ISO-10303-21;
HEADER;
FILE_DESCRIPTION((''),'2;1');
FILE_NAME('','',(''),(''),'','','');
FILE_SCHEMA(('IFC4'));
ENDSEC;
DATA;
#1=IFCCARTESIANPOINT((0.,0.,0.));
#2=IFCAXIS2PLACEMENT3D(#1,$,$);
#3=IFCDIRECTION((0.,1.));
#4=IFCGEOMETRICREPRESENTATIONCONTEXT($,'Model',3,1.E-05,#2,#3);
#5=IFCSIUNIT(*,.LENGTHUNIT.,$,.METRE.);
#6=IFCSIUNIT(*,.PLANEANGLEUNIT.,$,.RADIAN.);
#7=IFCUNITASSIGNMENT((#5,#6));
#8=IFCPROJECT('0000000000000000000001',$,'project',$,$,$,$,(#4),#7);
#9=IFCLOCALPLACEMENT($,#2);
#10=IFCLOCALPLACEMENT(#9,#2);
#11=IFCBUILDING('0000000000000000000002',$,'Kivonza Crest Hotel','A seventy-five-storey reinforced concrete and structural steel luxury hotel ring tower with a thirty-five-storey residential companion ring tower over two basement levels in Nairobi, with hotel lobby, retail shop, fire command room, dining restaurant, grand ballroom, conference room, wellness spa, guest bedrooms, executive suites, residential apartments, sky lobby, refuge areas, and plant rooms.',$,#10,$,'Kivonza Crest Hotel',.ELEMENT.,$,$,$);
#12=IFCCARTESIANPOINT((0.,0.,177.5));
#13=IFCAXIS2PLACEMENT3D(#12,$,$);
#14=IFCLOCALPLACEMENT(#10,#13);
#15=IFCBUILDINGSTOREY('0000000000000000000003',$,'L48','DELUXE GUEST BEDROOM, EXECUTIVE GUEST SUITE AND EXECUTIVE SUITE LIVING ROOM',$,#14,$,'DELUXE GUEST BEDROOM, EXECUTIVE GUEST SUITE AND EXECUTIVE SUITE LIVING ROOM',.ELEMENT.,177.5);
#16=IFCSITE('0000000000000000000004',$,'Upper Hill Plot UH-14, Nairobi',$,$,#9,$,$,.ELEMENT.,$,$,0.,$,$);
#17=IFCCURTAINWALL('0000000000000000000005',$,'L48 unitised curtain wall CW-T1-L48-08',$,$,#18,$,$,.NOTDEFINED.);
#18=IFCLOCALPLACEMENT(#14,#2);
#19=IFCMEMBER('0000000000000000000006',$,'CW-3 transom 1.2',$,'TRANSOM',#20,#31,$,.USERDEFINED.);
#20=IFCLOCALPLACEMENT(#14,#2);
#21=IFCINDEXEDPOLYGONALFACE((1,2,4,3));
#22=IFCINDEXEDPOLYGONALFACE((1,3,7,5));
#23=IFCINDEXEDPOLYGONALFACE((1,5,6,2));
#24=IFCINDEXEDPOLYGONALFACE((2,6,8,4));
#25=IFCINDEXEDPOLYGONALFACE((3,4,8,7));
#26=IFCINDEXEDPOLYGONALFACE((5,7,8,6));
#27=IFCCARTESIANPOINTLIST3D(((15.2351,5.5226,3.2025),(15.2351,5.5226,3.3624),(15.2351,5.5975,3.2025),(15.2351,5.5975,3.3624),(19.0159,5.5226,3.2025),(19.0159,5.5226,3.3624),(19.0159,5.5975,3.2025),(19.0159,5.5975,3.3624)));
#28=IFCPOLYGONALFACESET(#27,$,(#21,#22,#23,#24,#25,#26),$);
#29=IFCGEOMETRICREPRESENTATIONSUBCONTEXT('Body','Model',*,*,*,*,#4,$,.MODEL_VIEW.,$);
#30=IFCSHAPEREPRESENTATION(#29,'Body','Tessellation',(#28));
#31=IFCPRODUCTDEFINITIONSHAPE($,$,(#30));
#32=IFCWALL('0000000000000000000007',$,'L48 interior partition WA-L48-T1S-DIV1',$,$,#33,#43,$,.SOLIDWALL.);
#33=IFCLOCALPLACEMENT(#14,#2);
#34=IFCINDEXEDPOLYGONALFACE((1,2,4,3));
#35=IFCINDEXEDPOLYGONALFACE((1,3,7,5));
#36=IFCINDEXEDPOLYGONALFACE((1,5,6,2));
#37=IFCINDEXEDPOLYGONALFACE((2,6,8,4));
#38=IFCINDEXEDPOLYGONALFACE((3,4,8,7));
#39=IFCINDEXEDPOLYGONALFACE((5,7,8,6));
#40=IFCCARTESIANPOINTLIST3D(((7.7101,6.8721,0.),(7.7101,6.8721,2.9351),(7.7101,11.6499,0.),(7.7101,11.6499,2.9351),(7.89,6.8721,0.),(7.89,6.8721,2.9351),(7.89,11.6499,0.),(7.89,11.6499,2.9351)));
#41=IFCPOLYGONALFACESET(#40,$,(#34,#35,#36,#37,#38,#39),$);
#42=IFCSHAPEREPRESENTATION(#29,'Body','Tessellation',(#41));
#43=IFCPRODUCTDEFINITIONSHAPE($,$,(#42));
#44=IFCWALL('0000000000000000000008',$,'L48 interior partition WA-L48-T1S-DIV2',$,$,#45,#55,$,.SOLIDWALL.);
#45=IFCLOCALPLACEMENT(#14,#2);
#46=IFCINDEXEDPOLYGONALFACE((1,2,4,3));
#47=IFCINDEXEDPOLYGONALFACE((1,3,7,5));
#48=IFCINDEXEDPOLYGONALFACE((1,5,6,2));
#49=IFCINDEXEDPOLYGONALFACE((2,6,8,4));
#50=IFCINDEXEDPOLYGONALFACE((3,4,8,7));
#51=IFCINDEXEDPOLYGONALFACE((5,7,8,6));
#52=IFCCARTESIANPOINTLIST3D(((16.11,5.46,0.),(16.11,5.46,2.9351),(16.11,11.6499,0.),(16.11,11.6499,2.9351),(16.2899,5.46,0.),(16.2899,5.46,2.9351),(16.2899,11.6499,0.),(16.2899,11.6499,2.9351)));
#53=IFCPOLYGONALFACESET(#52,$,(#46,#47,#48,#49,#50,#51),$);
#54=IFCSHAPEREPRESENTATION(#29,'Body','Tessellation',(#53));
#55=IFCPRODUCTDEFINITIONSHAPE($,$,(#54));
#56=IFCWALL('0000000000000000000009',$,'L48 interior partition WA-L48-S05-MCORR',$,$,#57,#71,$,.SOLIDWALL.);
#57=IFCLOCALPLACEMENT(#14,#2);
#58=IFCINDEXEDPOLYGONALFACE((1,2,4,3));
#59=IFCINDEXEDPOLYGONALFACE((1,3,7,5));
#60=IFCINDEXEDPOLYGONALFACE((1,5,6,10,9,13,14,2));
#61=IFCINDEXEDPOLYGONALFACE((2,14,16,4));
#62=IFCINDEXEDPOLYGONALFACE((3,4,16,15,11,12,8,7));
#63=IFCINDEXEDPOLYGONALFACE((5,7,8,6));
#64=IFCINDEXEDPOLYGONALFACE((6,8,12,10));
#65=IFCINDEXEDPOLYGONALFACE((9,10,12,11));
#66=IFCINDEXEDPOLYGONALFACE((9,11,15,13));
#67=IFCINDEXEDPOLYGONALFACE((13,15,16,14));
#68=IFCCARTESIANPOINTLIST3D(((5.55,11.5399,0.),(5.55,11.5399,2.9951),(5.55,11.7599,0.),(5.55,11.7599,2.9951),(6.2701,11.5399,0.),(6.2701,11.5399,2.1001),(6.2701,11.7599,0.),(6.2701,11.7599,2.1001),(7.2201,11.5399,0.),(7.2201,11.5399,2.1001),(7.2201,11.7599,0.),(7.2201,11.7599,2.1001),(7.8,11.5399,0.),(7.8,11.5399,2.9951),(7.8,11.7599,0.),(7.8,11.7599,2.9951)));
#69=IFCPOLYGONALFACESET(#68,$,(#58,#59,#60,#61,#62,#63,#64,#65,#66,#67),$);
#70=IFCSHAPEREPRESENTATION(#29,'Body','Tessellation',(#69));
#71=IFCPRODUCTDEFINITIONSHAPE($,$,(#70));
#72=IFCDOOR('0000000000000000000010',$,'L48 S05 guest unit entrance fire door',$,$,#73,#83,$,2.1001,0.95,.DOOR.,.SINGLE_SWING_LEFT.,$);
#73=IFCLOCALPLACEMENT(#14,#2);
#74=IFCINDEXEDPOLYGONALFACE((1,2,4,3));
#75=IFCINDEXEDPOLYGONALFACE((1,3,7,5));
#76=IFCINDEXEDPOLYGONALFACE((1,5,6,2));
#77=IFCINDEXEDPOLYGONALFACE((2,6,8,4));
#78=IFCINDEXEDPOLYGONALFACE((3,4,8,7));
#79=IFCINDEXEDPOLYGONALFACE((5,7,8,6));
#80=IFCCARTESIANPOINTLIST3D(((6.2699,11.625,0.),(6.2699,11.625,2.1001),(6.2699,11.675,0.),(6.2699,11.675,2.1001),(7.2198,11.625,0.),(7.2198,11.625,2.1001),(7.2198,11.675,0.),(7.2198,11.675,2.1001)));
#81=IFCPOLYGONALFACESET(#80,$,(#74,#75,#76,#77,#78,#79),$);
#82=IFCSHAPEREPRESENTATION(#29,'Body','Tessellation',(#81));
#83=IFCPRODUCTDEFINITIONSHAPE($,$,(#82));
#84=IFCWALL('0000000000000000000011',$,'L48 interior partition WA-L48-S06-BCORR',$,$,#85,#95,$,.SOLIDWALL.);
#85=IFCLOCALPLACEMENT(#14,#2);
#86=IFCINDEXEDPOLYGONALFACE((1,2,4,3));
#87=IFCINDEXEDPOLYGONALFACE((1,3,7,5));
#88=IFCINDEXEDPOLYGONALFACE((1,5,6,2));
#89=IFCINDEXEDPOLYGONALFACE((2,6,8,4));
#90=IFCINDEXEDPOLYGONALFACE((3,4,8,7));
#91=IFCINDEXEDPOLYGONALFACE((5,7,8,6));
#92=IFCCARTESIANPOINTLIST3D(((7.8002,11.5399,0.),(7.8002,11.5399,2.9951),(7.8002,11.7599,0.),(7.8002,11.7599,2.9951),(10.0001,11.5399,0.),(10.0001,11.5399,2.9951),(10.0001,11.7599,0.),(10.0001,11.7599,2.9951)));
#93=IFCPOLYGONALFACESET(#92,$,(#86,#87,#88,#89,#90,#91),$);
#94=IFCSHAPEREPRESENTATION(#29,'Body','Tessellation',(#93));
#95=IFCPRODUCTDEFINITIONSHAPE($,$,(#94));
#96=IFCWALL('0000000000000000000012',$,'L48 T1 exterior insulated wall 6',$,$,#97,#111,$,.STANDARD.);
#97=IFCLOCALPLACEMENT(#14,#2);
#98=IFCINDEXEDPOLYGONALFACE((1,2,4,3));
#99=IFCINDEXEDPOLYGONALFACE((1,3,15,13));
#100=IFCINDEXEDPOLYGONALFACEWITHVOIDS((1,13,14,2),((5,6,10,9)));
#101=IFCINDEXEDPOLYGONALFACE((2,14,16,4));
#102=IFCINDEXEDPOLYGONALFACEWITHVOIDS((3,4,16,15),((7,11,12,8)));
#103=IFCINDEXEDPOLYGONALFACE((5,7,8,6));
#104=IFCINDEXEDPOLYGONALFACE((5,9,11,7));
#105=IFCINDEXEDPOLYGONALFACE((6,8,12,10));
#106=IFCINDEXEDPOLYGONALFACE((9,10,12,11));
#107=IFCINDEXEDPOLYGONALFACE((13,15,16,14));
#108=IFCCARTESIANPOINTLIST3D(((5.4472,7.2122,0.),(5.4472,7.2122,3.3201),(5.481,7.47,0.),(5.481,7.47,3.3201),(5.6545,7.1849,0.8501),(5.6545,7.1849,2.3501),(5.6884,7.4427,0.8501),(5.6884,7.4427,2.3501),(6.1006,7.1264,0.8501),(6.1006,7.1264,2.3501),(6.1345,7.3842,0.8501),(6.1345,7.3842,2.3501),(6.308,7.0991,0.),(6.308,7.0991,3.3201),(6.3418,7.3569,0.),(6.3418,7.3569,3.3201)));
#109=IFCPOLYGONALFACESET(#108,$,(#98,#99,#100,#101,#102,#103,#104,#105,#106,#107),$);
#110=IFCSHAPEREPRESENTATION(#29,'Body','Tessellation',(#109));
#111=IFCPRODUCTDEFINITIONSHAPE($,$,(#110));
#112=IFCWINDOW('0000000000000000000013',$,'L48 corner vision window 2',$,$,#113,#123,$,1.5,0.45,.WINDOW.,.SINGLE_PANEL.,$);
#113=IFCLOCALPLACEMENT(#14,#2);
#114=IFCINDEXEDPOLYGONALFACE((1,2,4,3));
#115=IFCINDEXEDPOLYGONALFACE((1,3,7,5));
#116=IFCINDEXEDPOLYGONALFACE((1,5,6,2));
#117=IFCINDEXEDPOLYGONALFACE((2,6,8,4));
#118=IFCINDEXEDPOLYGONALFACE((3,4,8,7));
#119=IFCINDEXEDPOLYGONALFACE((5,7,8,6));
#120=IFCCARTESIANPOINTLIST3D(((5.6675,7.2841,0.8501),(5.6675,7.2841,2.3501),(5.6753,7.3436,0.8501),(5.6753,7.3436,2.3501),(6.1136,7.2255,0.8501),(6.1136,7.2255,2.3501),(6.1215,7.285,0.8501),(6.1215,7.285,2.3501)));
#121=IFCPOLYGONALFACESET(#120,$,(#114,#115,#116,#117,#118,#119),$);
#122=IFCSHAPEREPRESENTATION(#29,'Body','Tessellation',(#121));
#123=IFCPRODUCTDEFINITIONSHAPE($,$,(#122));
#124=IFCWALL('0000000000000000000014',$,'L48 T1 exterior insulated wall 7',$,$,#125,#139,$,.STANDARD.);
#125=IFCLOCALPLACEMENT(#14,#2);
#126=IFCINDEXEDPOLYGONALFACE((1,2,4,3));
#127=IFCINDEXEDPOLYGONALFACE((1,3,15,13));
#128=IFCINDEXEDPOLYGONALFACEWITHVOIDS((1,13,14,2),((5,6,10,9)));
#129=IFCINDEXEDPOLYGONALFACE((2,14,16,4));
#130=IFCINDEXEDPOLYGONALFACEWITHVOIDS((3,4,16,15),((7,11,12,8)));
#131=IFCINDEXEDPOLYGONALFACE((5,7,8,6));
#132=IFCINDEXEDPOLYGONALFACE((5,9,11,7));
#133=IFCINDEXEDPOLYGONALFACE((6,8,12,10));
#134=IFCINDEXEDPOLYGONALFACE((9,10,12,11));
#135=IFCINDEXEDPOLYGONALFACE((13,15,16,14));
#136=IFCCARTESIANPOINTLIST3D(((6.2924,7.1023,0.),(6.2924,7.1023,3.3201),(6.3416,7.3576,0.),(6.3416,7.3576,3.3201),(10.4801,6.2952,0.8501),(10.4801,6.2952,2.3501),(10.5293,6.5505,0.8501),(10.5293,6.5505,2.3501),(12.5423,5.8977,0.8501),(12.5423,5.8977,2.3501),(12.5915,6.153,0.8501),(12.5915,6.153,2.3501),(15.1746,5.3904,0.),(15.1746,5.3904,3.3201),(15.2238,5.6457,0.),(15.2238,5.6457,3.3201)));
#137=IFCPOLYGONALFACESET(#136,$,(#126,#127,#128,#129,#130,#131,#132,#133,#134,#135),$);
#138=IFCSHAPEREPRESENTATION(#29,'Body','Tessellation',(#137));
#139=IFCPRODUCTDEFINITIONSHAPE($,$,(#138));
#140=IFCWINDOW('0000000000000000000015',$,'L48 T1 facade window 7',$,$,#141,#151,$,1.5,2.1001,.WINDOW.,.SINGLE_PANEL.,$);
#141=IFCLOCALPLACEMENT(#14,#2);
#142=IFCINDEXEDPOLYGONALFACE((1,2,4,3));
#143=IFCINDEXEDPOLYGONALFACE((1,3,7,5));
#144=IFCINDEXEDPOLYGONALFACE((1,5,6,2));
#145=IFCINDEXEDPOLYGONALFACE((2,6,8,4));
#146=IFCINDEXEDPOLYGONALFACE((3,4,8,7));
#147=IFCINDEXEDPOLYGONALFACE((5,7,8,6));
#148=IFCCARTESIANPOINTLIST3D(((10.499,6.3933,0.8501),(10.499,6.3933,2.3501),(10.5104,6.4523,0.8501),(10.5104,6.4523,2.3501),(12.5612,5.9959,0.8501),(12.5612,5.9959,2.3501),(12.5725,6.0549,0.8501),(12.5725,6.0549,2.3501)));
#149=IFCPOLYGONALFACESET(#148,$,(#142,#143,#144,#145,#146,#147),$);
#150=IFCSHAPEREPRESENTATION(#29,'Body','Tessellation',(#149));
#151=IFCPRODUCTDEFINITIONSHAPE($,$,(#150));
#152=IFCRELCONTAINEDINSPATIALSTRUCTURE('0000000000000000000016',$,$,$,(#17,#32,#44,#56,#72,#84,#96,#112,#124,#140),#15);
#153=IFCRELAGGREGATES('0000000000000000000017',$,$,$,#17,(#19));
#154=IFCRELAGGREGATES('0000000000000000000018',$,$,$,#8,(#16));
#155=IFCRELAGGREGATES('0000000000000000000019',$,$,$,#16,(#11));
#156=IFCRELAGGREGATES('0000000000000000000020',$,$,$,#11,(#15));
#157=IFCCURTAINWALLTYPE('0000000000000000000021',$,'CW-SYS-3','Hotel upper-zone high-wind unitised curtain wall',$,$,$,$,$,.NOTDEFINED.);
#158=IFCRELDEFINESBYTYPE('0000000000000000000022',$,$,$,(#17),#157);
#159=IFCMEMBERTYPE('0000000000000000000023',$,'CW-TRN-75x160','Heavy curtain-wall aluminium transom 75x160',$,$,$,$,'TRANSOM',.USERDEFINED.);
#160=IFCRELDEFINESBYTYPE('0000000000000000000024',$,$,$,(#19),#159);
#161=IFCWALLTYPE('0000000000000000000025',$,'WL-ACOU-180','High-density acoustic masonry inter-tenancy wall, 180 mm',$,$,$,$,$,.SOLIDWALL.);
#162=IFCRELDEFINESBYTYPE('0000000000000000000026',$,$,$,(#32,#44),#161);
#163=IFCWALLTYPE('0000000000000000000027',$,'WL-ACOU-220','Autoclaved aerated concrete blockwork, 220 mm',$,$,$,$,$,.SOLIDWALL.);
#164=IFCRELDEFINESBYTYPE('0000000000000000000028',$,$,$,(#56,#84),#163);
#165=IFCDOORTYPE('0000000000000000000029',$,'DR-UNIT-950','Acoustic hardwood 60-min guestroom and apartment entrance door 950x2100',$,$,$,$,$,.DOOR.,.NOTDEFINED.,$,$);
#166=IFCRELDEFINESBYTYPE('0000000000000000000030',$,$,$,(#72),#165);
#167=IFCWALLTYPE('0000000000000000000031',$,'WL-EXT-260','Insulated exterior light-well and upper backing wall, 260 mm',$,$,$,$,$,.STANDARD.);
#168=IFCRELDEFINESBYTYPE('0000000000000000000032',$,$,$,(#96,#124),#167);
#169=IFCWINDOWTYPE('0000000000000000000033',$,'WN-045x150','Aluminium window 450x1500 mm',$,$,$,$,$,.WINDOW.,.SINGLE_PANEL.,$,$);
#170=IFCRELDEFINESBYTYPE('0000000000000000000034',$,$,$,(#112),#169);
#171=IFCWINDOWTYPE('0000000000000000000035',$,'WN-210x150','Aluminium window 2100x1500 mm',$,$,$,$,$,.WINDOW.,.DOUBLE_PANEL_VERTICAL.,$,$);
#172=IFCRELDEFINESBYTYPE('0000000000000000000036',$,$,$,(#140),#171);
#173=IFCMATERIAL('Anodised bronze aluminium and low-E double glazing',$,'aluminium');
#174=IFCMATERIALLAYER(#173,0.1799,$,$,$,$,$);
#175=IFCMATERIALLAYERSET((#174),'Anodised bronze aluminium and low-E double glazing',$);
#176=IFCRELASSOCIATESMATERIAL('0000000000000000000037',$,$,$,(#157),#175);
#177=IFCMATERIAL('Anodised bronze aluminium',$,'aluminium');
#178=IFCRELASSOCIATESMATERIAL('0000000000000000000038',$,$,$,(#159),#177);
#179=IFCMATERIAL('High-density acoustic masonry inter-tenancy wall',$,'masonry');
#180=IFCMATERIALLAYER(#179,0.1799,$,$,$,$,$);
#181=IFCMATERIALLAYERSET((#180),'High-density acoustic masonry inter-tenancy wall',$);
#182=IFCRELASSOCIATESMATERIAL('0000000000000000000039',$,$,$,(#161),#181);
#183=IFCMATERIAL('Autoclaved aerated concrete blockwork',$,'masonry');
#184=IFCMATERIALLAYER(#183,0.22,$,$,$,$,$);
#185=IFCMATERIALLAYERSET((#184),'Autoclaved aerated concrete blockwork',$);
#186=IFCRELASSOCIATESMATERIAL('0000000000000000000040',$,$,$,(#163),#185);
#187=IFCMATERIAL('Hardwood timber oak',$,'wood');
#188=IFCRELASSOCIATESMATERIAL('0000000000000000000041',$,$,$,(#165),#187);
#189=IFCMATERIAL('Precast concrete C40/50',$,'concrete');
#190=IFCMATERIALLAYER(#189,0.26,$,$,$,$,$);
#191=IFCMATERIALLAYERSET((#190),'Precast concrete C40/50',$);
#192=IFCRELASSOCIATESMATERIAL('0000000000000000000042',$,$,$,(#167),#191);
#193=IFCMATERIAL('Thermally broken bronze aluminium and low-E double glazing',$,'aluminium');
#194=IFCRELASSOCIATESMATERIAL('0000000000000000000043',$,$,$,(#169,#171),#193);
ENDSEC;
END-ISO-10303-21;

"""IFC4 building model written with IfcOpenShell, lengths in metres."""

from ifc_helpers import new_model, si_unit, direction, frame, frame_2d, origin, origin_2d, place, context, subcontext, project, spatial, rectangle, extrude, material, layer, layer_set, material_profile, profile_set, type_object, element, fill, aggregate, save


model = new_model("IFC4")

# Units and contexts
model_context = context("Model", 3, precision=1e-05, world=origin(), true_north=direction((0.0, 1.0)))
body_context = subcontext(model_context, "Body", "Model", "MODEL_VIEW")
ifc_project = project(units=[si_unit("LENGTHUNIT", "METRE"), si_unit("PLANEANGLEUNIT", "RADIAN")], contexts=[model_context])

# Site, building, storey
site_placement = place(None, origin())
site = spatial("IfcSite", under=ifc_project, at=site_placement, Name="Upper Hill Plot UH-14, Nairobi", CompositionType="ELEMENT", RefElevation=0.0)
building_placement = place(site_placement, origin())
building = spatial("IfcBuilding", under=site, at=building_placement, Name="Kivonza Crest Hotel", Description="A seventy-five-storey reinforced concrete and structural steel luxury hotel ring tower with a thirty-five-storey residential companion ring tower over two basement levels in Nairobi, with hotel lobby, retail shop, fire command room, dining restaurant, grand ballroom, conference room, wellness spa, guest bedrooms, executive suites, residential apartments, sky lobby, refuge areas, and plant rooms.", LongName="Kivonza Crest Hotel", CompositionType="ELEMENT")
storey_placement = place(building_placement, frame((0.0, 0.0, 177.5)))
storey = spatial("IfcBuildingStorey", under=building, at=storey_placement, Name="L48", Description="DELUXE GUEST BEDROOM, EXECUTIVE GUEST SUITE AND EXECUTIVE SUITE LIVING ROOM", LongName="DELUXE GUEST BEDROOM, EXECUTIVE GUEST SUITE AND EXECUTIVE SUITE LIVING ROOM", CompositionType="ELEMENT", Elevation=177.5)

# Curtain wall, member
ifc_material_1 = material(Name="Anodised bronze aluminium and low-E double glazing", Category="aluminium")
ifc_layer_1 = layer(ifc_material_1, 0.1799)
ifc_layer_set_1 = layer_set([ifc_layer_1], Name="Anodised bronze aluminium and low-E double glazing")
curtain_wall_type = type_object("IfcCurtainWallType", Name="CW-SYS-3", Description="Hotel upper-zone high-wind unitised curtain wall", PredefinedType="NOTDEFINED", material=ifc_layer_set_1)
curtain_wall_placement = place(storey_placement, origin())
curtain_wall = element("IfcCurtainWall", 1, at=curtain_wall_placement, inside=storey, type_object=curtain_wall_type, Name="L48 unitised curtain wall CW-T1-L48-08", PredefinedType="NOTDEFINED")
ifc_material_2 = material(Name="Anodised bronze aluminium", Category="aluminium")
ifc_material_profile_1 = material_profile(ifc_material_2, rectangle(XDim=0.075, YDim=0.1599, at=origin_2d()), Name="CW-T 75x160")
ifc_profile_set_1 = profile_set([ifc_material_profile_1], Name="Anodised bronze aluminium")
member_type_1 = type_object("IfcMemberType", Name="CW-TRN-75x160", Description="Heavy curtain-wall aluminium transom 75x160", ElementType="TRANSOM", PredefinedType="USERDEFINED", material=ifc_profile_set_1)
member_1_placement = place(storey_placement, frame((15.2351, 5.5601, 3.2825), z_axis=(1.0, 0.0, 0.0), x_axis=(0.0, 1.0, 0.0)))
member_1 = element("IfcMember", 2, at=member_1_placement, type_object=member_type_1, Name="CW-3 transom 1.2", ObjectType="TRANSOM", PredefinedType="USERDEFINED", context=body_context, shape_type="SweptSolid", body=[
    extrude(rectangle(XDim=0.075, YDim=0.1599, at=origin_2d()), origin(), (0.0, 0.0, 1.0), 3.7808),
])
aggregate(curtain_wall, [member_1])

# Walls
ifc_material_3 = material(Name="High-density acoustic masonry inter-tenancy wall", Category="masonry")
ifc_layer_2 = layer(ifc_material_3, 0.1799)
ifc_layer_set_2 = layer_set([ifc_layer_2], Name="High-density acoustic masonry inter-tenancy wall")
wall_type_1 = type_object("IfcWallType", Name="WL-ACOU-180", Description="High-density acoustic masonry inter-tenancy wall, 180 mm", PredefinedType="SOLIDWALL", material=ifc_layer_set_2)
wall_1_placement = place(storey_placement, frame((7.8, 6.8721, 0.0), z_axis=(0.0, 0.0, 1.0), x_axis=(0.0, 1.0, 0.0)))
element("IfcWall", 3, at=wall_1_placement, inside=storey, type_object=wall_type_1, Name="L48 interior partition WA-L48-T1S-DIV1", PredefinedType="SOLIDWALL", context=body_context, shape_type="SweptSolid", body=[
    extrude(rectangle(XDim=4.7778, YDim=0.1799, at=frame_2d((2.3889, 0.0))), origin(), (0.0, 0.0, 1.0), 2.9351),
])
wall_2_placement = place(storey_placement, frame((16.2, 5.46, 0.0), z_axis=(0.0, 0.0, 1.0), x_axis=(0.0, 1.0, 0.0)))
element("IfcWall", 4, at=wall_2_placement, inside=storey, type_object=wall_type_1, Name="L48 interior partition WA-L48-T1S-DIV2", PredefinedType="SOLIDWALL", context=body_context, shape_type="SweptSolid", body=[
    extrude(rectangle(XDim=6.1899, YDim=0.1799, at=frame_2d((3.095, 0.0))), origin(), (0.0, 0.0, 1.0), 2.9351),
])

# Wall, opening, door
ifc_material_4 = material(Name="Autoclaved aerated concrete blockwork", Category="masonry")
ifc_layer_3 = layer(ifc_material_4, 0.22)
ifc_layer_set_3 = layer_set([ifc_layer_3], Name="Autoclaved aerated concrete blockwork")
wall_type_2 = type_object("IfcWallType", Name="WL-ACOU-220", Description="Autoclaved aerated concrete blockwork, 220 mm", PredefinedType="SOLIDWALL", material=ifc_layer_set_3)
wall_3_placement = place(storey_placement, frame((5.55, 11.6499, 0.0), z_axis=(0.0, 0.0, 1.0), x_axis=(1.0, 0.0, 0.0)))
wall_3 = element("IfcWall", 5, at=wall_3_placement, inside=storey, type_object=wall_type_2, Name="L48 interior partition WA-L48-S05-MCORR", PredefinedType="SOLIDWALL", context=body_context, shape_type="SweptSolid", body=[
    extrude(rectangle(XDim=2.25, YDim=0.22, at=frame_2d((1.125, 0.0))), origin(), (0.0, 0.0, 1.0), 2.9951),
])
opening_1_placement = place(wall_3_placement, frame((0.72, 0.0, 0.0)))
opening_1 = element("IfcOpeningElement", 6, at=opening_1_placement, cuts=wall_3, PredefinedType="OPENING", context=body_context, shape_type="SweptSolid", body=[
    extrude(rectangle(XDim=0.95, YDim=2.1001, at=frame_2d((0.4751, 1.05))), frame((0.0, 0.1201, 0.0), z_axis=(0.0, -1.0, 0.0), x_axis=(1.0, 0.0, 0.0)), (0.0, 0.0, 1.0), 0.24),
])
ifc_material_5 = material(Name="Hardwood timber oak", Category="wood")
door_type_1 = type_object("IfcDoorType", Name="DR-UNIT-950", Description="Acoustic hardwood 60-min guestroom and apartment entrance door 950x2100", OperationType="NOTDEFINED", PredefinedType="DOOR", material=ifc_material_5)
door_1_placement = place(opening_1_placement, frame((0.95, 0.0, 0.0), z_axis=(0.0, 0.0, 1.0), x_axis=(-1.0, 0.0, 0.0)))
door_1 = element("IfcDoor", 7, at=door_1_placement, inside=storey, type_object=door_type_1, Name="L48 S05 guest unit entrance fire door", OperationType="SINGLE_SWING_LEFT", OverallHeight=2.1001, OverallWidth=0.95, PredefinedType="DOOR", context=body_context, shape_type="SweptSolid", body=[
    extrude(rectangle(XDim=0.95, YDim=2.1001, at=frame_2d((0.4751, 1.05))), frame((0.0, 0.0249, 0.0), z_axis=(0.0, -1.0, 0.0), x_axis=(1.0, 0.0, 0.0)), (0.0, 0.0, 1.0), 0.05),
])
fill(opening_1, door_1)

# Wall
wall_4_placement = place(storey_placement, frame((7.8, 11.6499, 0.0), z_axis=(0.0, 0.0, 1.0), x_axis=(1.0, 0.0, 0.0)))
element("IfcWall", 8, at=wall_4_placement, inside=storey, type_object=wall_type_2, Name="L48 interior partition WA-L48-S06-BCORR", PredefinedType="SOLIDWALL", context=body_context, shape_type="SweptSolid", body=[
    extrude(rectangle(XDim=2.2, YDim=0.22, at=frame_2d((1.1001, 0.0))), origin(), (0.0, 0.0, 1.0), 2.9951),
])

# Walls, openings, windows
ifc_material_6 = material(Name="Precast concrete C40/50", Category="concrete")
ifc_layer_4 = layer(ifc_material_6, 0.26)
ifc_layer_set_4 = layer_set([ifc_layer_4], Name="Precast concrete C40/50")
wall_type_3 = type_object("IfcWallType", Name="WL-EXT-260", Description="Insulated exterior light-well and upper backing wall, 260 mm", PredefinedType="STANDARD", material=ifc_layer_set_4)
wall_5_placement = place(storey_placement, frame((5.4641, 7.3411, 0.0), z_axis=(0.0, 0.0, 1.0), x_axis=(0.991489, -0.130193, 0.0)))
wall_5 = element("IfcWall", 9, at=wall_5_placement, inside=storey, type_object=wall_type_3, Name="L48 T1 exterior insulated wall 6", PredefinedType="STANDARD", context=body_context, shape_type="SweptSolid", body=[
    extrude(rectangle(XDim=0.8682, YDim=0.26, at=frame_2d((0.4341, 0.0))), origin(), (0.0, 0.0, 1.0), 3.3201),
])
opening_2_placement = place(wall_5_placement, frame((0.209, 0.0, 0.8501)))
opening_2 = element("IfcOpeningElement", 10, at=opening_2_placement, cuts=wall_5, PredefinedType="OPENING", context=body_context, shape_type="SweptSolid", body=[
    extrude(rectangle(XDim=0.45, YDim=1.5, at=frame_2d((0.2251, 0.75))), frame((0.0, 0.1401, 0.0), z_axis=(0.0, -1.0, 0.0), x_axis=(1.0, 0.0, 0.0)), (0.0, 0.0, 1.0), 0.28),
])
ifc_material_7 = material(Name="Thermally broken bronze aluminium and low-E double glazing", Category="aluminium")
window_type_1 = type_object("IfcWindowType", Name="WN-045x150", Description="Aluminium window 450x1500 mm", PartitioningType="SINGLE_PANEL", PredefinedType="WINDOW", material=ifc_material_7)
window_1_placement = place(opening_2_placement, origin())
window_1 = element("IfcWindow", 11, at=window_1_placement, inside=storey, type_object=window_type_1, Name="L48 corner vision window 2", OverallHeight=1.5, OverallWidth=0.45, PartitioningType="SINGLE_PANEL", PredefinedType="WINDOW", context=body_context, shape_type="SweptSolid", body=[
    extrude(rectangle(XDim=0.45, YDim=1.5, at=frame_2d((0.2251, 0.75))), frame((0.0, 0.03, 0.0), z_axis=(0.0, -1.0, 0.0), x_axis=(1.0, 0.0, 0.0)), (0.0, 0.0, 1.0), 0.0601),
])
fill(opening_2, window_1)
wall_6_placement = place(storey_placement, frame((6.3169, 7.23, 0.0), z_axis=(0.0, 0.0, 1.0), x_axis=(0.981928, -0.189255, 0.0)))
wall_6 = element("IfcWall", 12, at=wall_6_placement, inside=storey, type_object=wall_type_3, Name="L48 T1 exterior insulated wall 7", PredefinedType="STANDARD", context=body_context, shape_type="SweptSolid", body=[
    extrude(rectangle(XDim=9.0457, YDim=0.26, at=frame_2d((4.5229, 0.0))), origin(), (0.0, 0.0, 1.0), 3.3201),
])
opening_3_placement = place(wall_6_placement, frame((4.2649, 0.0, 0.8501)))
opening_3 = element("IfcOpeningElement", 13, at=opening_3_placement, cuts=wall_6, PredefinedType="OPENING", context=body_context, shape_type="SweptSolid", body=[
    extrude(rectangle(XDim=2.1001, YDim=1.5, at=frame_2d((1.05, 0.75))), frame((0.0, 0.1401, 0.0), z_axis=(0.0, -1.0, 0.0), x_axis=(1.0, 0.0, 0.0)), (0.0, 0.0, 1.0), 0.28),
])
window_type_2 = type_object("IfcWindowType", Name="WN-210x150", Description="Aluminium window 2100x1500 mm", PartitioningType="DOUBLE_PANEL_VERTICAL", PredefinedType="WINDOW", material=ifc_material_7)
window_2_placement = place(opening_3_placement, origin())
window_2 = element("IfcWindow", 14, at=window_2_placement, inside=storey, type_object=window_type_2, Name="L48 T1 facade window 7", OverallHeight=1.5, OverallWidth=2.1001, PartitioningType="SINGLE_PANEL", PredefinedType="WINDOW", context=body_context, shape_type="SweptSolid", body=[
    extrude(rectangle(XDim=2.1001, YDim=1.5, at=frame_2d((1.05, 0.75))), frame((0.0, 0.03, 0.0), z_axis=(0.0, -1.0, 0.0), x_axis=(1.0, 0.0, 0.0)), (0.0, 0.0, 1.0), 0.0601),
])
fill(opening_3, window_2)

save(model, "model.ifc")
